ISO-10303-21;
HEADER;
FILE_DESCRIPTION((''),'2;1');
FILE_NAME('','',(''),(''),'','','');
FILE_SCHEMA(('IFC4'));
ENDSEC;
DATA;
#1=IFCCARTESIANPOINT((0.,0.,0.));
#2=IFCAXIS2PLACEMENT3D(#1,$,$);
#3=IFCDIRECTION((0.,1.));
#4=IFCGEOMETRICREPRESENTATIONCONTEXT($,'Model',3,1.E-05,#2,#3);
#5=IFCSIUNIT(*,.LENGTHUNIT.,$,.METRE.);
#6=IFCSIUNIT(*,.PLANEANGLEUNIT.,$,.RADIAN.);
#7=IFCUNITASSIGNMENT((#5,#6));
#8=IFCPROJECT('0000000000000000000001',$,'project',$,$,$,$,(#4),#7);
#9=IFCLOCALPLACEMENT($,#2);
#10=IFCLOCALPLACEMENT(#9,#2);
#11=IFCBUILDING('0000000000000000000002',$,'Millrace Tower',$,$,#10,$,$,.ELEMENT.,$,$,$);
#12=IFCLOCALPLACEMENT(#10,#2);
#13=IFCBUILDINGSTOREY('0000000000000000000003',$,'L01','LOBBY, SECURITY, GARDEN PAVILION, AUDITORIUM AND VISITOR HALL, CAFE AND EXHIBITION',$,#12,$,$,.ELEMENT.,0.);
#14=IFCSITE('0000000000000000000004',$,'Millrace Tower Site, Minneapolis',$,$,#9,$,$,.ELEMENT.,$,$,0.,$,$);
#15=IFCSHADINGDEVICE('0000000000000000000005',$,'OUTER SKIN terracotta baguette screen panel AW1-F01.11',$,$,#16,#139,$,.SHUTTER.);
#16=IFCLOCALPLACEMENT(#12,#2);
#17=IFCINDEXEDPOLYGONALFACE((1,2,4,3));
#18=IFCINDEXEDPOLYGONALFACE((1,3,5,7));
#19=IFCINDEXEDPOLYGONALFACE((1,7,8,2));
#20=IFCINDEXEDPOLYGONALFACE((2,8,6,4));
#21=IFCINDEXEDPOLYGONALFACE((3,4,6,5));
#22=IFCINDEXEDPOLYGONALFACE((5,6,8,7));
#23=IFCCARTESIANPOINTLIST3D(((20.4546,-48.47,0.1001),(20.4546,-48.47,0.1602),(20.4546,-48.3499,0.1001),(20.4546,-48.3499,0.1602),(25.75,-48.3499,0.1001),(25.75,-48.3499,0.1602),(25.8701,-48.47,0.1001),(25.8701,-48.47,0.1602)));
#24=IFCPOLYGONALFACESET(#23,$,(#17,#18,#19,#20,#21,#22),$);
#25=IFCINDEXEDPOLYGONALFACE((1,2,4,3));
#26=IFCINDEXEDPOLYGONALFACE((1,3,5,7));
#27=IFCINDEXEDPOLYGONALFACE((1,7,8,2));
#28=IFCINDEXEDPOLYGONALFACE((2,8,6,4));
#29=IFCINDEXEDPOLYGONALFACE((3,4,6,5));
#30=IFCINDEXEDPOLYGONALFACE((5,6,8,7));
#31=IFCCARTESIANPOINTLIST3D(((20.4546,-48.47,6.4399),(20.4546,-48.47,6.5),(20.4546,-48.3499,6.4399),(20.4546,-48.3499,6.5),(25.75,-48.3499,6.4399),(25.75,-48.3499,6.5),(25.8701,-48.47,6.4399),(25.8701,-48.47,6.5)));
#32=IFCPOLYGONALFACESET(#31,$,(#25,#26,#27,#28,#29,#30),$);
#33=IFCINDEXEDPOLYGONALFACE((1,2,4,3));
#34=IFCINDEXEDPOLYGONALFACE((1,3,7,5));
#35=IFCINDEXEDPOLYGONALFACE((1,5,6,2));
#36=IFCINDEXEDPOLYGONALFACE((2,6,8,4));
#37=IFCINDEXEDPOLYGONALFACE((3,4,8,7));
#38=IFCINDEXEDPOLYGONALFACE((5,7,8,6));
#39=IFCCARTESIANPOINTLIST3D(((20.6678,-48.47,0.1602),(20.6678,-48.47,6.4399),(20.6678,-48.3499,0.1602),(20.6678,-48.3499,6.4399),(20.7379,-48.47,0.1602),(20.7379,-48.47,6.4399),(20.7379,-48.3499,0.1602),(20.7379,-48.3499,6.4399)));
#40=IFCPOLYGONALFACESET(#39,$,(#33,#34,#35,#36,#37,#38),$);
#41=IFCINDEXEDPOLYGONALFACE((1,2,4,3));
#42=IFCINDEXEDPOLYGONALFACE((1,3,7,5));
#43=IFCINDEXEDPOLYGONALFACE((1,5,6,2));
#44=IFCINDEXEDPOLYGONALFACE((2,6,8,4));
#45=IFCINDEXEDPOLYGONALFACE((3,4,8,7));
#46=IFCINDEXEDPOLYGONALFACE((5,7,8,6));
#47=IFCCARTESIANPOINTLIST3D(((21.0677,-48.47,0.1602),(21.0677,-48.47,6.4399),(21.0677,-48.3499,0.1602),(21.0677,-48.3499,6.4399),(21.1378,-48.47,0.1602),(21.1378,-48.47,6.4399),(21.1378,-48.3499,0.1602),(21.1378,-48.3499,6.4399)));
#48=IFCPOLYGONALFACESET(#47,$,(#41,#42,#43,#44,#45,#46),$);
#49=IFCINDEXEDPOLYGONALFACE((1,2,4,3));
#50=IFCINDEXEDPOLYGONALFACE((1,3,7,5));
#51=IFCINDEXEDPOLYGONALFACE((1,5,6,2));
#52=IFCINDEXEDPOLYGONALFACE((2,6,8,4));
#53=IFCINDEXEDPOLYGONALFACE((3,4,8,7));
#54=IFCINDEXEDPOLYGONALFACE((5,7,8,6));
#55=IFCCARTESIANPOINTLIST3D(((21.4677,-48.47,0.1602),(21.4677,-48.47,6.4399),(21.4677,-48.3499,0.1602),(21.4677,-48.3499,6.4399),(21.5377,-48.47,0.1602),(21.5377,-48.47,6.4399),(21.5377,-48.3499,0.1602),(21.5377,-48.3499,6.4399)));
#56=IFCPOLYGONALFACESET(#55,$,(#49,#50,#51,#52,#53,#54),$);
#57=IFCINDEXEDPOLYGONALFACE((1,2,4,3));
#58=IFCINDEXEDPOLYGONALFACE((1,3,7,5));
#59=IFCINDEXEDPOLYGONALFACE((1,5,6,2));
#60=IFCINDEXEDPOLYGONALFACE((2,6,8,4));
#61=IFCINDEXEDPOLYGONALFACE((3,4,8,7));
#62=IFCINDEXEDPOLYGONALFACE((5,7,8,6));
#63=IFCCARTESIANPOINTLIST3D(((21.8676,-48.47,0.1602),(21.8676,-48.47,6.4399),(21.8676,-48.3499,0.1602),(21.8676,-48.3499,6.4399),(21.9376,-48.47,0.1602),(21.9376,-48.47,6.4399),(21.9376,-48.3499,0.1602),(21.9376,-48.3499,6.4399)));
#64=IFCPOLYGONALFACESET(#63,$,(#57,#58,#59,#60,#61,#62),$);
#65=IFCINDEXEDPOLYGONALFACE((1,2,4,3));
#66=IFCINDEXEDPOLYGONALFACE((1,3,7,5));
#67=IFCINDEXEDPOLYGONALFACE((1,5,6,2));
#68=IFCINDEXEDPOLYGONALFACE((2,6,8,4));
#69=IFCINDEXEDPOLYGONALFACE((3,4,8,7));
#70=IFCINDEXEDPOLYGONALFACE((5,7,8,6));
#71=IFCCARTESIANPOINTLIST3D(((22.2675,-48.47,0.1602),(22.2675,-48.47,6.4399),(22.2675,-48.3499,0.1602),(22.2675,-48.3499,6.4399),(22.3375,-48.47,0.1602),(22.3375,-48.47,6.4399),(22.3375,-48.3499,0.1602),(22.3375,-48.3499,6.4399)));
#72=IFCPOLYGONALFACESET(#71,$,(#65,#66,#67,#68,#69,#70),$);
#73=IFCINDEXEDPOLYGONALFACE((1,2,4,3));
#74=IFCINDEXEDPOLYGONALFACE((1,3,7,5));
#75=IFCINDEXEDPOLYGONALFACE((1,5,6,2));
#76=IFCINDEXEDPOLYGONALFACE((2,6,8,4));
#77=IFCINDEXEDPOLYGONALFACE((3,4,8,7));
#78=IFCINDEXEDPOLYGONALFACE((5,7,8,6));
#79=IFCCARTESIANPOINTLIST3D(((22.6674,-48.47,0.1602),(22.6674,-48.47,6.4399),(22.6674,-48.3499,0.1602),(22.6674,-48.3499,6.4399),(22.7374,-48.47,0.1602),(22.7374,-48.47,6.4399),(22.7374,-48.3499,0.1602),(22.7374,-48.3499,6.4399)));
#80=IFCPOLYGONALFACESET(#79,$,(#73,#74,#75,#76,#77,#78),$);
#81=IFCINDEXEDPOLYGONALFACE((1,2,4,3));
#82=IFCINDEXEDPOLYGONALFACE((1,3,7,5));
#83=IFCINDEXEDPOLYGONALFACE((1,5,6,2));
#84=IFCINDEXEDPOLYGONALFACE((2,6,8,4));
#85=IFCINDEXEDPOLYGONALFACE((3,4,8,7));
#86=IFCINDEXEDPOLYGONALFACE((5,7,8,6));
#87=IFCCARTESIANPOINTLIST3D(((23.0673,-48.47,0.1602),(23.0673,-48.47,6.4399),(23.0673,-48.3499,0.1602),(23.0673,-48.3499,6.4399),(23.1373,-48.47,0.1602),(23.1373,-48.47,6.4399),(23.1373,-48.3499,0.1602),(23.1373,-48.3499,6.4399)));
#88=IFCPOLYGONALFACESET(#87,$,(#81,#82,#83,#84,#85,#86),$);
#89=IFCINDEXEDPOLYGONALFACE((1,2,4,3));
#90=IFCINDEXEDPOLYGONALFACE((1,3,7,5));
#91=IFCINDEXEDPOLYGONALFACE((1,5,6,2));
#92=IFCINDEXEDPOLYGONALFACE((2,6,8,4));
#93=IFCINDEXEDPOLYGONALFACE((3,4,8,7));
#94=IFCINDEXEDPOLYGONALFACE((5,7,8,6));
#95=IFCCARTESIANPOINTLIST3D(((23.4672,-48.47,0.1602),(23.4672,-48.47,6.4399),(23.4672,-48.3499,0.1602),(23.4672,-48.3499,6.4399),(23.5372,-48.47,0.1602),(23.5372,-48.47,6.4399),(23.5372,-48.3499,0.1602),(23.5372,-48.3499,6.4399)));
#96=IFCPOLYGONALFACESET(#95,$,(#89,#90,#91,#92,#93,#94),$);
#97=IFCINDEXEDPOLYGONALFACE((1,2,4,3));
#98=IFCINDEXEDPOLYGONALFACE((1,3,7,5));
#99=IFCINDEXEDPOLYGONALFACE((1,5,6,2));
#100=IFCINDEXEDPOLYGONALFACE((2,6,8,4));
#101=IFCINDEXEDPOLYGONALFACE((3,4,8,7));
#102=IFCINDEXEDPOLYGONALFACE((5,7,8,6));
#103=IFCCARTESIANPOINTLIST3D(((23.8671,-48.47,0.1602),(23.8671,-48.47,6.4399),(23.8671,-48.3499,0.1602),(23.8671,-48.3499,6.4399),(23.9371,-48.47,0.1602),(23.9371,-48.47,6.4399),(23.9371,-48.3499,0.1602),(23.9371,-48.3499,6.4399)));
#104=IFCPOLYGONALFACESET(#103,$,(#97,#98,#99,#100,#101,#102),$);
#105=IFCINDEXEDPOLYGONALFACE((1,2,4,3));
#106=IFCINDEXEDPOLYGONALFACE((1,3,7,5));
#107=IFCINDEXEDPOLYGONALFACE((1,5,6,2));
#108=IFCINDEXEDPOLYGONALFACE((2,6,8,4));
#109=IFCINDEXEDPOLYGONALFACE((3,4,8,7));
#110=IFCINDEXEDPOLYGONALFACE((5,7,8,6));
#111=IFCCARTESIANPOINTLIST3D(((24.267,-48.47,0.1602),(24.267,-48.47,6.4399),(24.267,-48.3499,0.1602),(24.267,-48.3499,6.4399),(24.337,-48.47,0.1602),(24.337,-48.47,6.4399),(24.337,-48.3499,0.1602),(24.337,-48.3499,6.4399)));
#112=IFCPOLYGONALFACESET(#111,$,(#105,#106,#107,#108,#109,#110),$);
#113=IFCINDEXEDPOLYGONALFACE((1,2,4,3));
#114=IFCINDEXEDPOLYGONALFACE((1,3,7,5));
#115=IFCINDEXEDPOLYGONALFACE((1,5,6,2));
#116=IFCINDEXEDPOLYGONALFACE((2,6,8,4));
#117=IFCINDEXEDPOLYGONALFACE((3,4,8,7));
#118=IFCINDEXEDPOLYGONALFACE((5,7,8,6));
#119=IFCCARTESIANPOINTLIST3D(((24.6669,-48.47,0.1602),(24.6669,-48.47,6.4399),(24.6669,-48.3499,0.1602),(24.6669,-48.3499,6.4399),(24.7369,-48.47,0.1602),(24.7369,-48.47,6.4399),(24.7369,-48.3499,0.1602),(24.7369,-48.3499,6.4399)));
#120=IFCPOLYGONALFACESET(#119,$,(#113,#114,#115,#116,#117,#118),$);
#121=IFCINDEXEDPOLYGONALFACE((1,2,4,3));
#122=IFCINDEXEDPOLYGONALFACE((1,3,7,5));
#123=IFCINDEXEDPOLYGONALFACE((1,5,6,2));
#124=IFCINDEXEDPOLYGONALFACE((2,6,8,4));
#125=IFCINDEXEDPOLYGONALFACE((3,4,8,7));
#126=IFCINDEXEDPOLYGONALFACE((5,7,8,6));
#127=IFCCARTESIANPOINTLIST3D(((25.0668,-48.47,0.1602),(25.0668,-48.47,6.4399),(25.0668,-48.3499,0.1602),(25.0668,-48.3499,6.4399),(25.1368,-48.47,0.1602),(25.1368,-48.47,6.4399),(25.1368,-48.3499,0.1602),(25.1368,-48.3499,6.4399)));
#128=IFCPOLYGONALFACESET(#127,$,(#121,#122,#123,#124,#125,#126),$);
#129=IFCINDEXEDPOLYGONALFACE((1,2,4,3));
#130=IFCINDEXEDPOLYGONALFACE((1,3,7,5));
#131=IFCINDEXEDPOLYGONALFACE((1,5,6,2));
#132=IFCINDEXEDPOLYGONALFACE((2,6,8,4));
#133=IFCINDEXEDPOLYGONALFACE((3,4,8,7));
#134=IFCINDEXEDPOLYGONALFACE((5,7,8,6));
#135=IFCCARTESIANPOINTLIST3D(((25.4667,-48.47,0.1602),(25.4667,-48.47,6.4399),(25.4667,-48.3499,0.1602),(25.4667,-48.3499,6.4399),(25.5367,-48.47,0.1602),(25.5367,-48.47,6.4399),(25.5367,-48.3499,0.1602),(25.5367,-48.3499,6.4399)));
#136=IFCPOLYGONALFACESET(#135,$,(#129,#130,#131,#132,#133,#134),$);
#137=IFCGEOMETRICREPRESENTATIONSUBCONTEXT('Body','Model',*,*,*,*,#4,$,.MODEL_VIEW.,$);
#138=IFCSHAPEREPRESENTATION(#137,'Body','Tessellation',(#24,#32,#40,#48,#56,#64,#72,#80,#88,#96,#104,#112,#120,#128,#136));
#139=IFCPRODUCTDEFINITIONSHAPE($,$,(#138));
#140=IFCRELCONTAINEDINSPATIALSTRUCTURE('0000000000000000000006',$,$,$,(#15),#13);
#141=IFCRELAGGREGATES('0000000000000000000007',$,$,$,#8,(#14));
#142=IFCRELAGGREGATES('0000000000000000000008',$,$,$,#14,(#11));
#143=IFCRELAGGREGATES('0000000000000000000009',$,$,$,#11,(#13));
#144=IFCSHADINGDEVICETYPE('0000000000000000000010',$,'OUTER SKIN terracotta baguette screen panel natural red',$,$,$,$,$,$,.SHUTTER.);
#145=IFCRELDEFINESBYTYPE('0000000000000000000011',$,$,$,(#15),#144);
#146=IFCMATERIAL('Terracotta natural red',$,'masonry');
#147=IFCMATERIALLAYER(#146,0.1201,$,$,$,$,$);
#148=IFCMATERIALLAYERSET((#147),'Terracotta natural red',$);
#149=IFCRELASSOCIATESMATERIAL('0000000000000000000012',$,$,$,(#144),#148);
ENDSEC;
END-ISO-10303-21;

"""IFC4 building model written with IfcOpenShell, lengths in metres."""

from ifc_helpers import new_model, entity, si_unit, direction, frame, frame_2d, origin, place, context, subcontext, project, spatial, rectangle, extrude, source, transform, mapped, material, layer, layer_set, type_object, element, save


model = new_model("IFC4")

# Units and contexts
model_context = context("Model", 3, precision=1e-05, world=origin(), true_north=direction((0.0, 1.0)))
body_context = subcontext(model_context, "Body", "Model", "MODEL_VIEW")
ifc_project = project(units=[si_unit("LENGTHUNIT", "METRE"), si_unit("PLANEANGLEUNIT", "RADIAN")], contexts=[model_context])

# Site, building, storey
site_placement = place(None, origin())
site = spatial("IfcSite", under=ifc_project, at=site_placement, Name="Millrace Tower Site, Minneapolis", CompositionType="ELEMENT", RefElevation=0.0)
building_placement = place(site_placement, origin())
building = spatial("IfcBuilding", under=site, at=building_placement, Name="Millrace Tower", CompositionType="ELEMENT")
storey_placement = place(building_placement, origin())
storey = spatial("IfcBuildingStorey", under=building, at=storey_placement, Name="L01", Description="LOBBY, SECURITY, GARDEN PAVILION, AUDITORIUM AND VISITOR HALL, CAFE AND EXHIBITION", CompositionType="ELEMENT", Elevation=0.0)

# Shading device
ifc_material_1 = material(Name="Terracotta natural red", Category="masonry")
ifc_layer = layer(ifc_material_1, 0.1201)
ifc_layer_set = layer_set([ifc_layer], Name="Terracotta natural red")
shading_device_type = type_object("IfcShadingDeviceType", Name="OUTER SKIN terracotta baguette screen panel natural red", PredefinedType="SHUTTER", material=ifc_layer_set)
cartesian_point_1 = entity("IfcCartesianPoint", [-2.6777, 0.0601])
shared_polyline_1 = entity("IfcPolyline", [cartesian_point_1, entity("IfcCartesianPoint", [2.6177, 0.0601]), entity("IfcCartesianPoint", [2.7378, -0.0601]), entity("IfcCartesianPoint", [-2.6777, -0.0601]), cartesian_point_1])
shared_shape_1 = source(origin(), body_context, "Body", "SweptSolid", [
    entity("IfcExtrudedAreaSolid", entity("IfcArbitraryClosedProfileDef", "AREA", None, shared_polyline_1), entity("IfcAxis2Placement3D", entity("IfcCartesianPoint", [0.0, 0.0, 0.0])), entity("IfcDirection", [0.0, 0.0, 1.0]), 0.0601),
    entity("IfcExtrudedAreaSolid", entity("IfcArbitraryClosedProfileDef", "AREA", None, shared_polyline_1), entity("IfcAxis2Placement3D", entity("IfcCartesianPoint", [0.0, 0.0, 6.3398])), entity("IfcDirection", [0.0, 0.0, 1.0]), 0.0601),
    extrude(rectangle(XDim=0.0701, YDim=0.1201, at=frame_2d((-2.4294, 0.0))), frame((0.0, 0.0, 0.0601)), (0.0, 0.0, 1.0), 6.2798),
    extrude(rectangle(XDim=0.0701, YDim=0.1201, at=frame_2d((-2.0295, 0.0))), frame((0.0, 0.0, 0.0601)), (0.0, 0.0, 1.0), 6.2798),
    extrude(rectangle(XDim=0.0701, YDim=0.1201, at=frame_2d((-1.6296, 0.0))), frame((0.0, 0.0, 0.0601)), (0.0, 0.0, 1.0), 6.2798),
    extrude(rectangle(XDim=0.0701, YDim=0.1201, at=frame_2d((-1.2297, 0.0))), frame((0.0, 0.0, 0.0601)), (0.0, 0.0, 1.0), 6.2798),
    extrude(rectangle(XDim=0.0701, YDim=0.1201, at=frame_2d((-0.8298, 0.0))), frame((0.0, 0.0, 0.0601)), (0.0, 0.0, 1.0), 6.2798),
    extrude(rectangle(XDim=0.0701, YDim=0.1201, at=frame_2d((-0.4299, 0.0))), frame((0.0, 0.0, 0.0601)), (0.0, 0.0, 1.0), 6.2798),
    extrude(rectangle(XDim=0.0701, YDim=0.1201, at=frame_2d((-0.03, 0.0))), frame((0.0, 0.0, 0.0601)), (0.0, 0.0, 1.0), 6.2798),
    extrude(rectangle(XDim=0.0701, YDim=0.1201, at=frame_2d((0.3699, 0.0))), frame((0.0, 0.0, 0.0601)), (0.0, 0.0, 1.0), 6.2798),
    extrude(rectangle(XDim=0.0701, YDim=0.1201, at=frame_2d((0.7698, 0.0))), frame((0.0, 0.0, 0.0601)), (0.0, 0.0, 1.0), 6.2798),
    extrude(rectangle(XDim=0.0701, YDim=0.1201, at=frame_2d((1.1697, 0.0))), frame((0.0, 0.0, 0.0601)), (0.0, 0.0, 1.0), 6.2798),
    extrude(rectangle(XDim=0.0701, YDim=0.1201, at=frame_2d((1.5696, 0.0))), frame((0.0, 0.0, 0.0601)), (0.0, 0.0, 1.0), 6.2798),
    extrude(rectangle(XDim=0.0701, YDim=0.1201, at=frame_2d((1.9695, 0.0))), frame((0.0, 0.0, 0.0601)), (0.0, 0.0, 1.0), 6.2798),
    extrude(rectangle(XDim=0.0701, YDim=0.1201, at=frame_2d((2.3694, 0.0))), frame((0.0, 0.0, 0.0601)), (0.0, 0.0, 1.0), 6.2798),
])
shading_device_placement = place(storey_placement, frame((23.1323, -48.4099, 0.1001), z_axis=(0.0, 0.0, 1.0), x_axis=(1.0, 0.0, 0.0)))
element("IfcShadingDevice", 1, at=shading_device_placement, inside=storey, type_object=shading_device_type, Name="OUTER SKIN terracotta baguette screen panel AW1-F01.11", PredefinedType="SHUTTER", context=body_context, shape_type="MappedRepresentation", body=[
    mapped(shared_shape_1, transform((0.0, 0.0, 0.0), scale=1.0)),
])

save(model, "model.ifc")
